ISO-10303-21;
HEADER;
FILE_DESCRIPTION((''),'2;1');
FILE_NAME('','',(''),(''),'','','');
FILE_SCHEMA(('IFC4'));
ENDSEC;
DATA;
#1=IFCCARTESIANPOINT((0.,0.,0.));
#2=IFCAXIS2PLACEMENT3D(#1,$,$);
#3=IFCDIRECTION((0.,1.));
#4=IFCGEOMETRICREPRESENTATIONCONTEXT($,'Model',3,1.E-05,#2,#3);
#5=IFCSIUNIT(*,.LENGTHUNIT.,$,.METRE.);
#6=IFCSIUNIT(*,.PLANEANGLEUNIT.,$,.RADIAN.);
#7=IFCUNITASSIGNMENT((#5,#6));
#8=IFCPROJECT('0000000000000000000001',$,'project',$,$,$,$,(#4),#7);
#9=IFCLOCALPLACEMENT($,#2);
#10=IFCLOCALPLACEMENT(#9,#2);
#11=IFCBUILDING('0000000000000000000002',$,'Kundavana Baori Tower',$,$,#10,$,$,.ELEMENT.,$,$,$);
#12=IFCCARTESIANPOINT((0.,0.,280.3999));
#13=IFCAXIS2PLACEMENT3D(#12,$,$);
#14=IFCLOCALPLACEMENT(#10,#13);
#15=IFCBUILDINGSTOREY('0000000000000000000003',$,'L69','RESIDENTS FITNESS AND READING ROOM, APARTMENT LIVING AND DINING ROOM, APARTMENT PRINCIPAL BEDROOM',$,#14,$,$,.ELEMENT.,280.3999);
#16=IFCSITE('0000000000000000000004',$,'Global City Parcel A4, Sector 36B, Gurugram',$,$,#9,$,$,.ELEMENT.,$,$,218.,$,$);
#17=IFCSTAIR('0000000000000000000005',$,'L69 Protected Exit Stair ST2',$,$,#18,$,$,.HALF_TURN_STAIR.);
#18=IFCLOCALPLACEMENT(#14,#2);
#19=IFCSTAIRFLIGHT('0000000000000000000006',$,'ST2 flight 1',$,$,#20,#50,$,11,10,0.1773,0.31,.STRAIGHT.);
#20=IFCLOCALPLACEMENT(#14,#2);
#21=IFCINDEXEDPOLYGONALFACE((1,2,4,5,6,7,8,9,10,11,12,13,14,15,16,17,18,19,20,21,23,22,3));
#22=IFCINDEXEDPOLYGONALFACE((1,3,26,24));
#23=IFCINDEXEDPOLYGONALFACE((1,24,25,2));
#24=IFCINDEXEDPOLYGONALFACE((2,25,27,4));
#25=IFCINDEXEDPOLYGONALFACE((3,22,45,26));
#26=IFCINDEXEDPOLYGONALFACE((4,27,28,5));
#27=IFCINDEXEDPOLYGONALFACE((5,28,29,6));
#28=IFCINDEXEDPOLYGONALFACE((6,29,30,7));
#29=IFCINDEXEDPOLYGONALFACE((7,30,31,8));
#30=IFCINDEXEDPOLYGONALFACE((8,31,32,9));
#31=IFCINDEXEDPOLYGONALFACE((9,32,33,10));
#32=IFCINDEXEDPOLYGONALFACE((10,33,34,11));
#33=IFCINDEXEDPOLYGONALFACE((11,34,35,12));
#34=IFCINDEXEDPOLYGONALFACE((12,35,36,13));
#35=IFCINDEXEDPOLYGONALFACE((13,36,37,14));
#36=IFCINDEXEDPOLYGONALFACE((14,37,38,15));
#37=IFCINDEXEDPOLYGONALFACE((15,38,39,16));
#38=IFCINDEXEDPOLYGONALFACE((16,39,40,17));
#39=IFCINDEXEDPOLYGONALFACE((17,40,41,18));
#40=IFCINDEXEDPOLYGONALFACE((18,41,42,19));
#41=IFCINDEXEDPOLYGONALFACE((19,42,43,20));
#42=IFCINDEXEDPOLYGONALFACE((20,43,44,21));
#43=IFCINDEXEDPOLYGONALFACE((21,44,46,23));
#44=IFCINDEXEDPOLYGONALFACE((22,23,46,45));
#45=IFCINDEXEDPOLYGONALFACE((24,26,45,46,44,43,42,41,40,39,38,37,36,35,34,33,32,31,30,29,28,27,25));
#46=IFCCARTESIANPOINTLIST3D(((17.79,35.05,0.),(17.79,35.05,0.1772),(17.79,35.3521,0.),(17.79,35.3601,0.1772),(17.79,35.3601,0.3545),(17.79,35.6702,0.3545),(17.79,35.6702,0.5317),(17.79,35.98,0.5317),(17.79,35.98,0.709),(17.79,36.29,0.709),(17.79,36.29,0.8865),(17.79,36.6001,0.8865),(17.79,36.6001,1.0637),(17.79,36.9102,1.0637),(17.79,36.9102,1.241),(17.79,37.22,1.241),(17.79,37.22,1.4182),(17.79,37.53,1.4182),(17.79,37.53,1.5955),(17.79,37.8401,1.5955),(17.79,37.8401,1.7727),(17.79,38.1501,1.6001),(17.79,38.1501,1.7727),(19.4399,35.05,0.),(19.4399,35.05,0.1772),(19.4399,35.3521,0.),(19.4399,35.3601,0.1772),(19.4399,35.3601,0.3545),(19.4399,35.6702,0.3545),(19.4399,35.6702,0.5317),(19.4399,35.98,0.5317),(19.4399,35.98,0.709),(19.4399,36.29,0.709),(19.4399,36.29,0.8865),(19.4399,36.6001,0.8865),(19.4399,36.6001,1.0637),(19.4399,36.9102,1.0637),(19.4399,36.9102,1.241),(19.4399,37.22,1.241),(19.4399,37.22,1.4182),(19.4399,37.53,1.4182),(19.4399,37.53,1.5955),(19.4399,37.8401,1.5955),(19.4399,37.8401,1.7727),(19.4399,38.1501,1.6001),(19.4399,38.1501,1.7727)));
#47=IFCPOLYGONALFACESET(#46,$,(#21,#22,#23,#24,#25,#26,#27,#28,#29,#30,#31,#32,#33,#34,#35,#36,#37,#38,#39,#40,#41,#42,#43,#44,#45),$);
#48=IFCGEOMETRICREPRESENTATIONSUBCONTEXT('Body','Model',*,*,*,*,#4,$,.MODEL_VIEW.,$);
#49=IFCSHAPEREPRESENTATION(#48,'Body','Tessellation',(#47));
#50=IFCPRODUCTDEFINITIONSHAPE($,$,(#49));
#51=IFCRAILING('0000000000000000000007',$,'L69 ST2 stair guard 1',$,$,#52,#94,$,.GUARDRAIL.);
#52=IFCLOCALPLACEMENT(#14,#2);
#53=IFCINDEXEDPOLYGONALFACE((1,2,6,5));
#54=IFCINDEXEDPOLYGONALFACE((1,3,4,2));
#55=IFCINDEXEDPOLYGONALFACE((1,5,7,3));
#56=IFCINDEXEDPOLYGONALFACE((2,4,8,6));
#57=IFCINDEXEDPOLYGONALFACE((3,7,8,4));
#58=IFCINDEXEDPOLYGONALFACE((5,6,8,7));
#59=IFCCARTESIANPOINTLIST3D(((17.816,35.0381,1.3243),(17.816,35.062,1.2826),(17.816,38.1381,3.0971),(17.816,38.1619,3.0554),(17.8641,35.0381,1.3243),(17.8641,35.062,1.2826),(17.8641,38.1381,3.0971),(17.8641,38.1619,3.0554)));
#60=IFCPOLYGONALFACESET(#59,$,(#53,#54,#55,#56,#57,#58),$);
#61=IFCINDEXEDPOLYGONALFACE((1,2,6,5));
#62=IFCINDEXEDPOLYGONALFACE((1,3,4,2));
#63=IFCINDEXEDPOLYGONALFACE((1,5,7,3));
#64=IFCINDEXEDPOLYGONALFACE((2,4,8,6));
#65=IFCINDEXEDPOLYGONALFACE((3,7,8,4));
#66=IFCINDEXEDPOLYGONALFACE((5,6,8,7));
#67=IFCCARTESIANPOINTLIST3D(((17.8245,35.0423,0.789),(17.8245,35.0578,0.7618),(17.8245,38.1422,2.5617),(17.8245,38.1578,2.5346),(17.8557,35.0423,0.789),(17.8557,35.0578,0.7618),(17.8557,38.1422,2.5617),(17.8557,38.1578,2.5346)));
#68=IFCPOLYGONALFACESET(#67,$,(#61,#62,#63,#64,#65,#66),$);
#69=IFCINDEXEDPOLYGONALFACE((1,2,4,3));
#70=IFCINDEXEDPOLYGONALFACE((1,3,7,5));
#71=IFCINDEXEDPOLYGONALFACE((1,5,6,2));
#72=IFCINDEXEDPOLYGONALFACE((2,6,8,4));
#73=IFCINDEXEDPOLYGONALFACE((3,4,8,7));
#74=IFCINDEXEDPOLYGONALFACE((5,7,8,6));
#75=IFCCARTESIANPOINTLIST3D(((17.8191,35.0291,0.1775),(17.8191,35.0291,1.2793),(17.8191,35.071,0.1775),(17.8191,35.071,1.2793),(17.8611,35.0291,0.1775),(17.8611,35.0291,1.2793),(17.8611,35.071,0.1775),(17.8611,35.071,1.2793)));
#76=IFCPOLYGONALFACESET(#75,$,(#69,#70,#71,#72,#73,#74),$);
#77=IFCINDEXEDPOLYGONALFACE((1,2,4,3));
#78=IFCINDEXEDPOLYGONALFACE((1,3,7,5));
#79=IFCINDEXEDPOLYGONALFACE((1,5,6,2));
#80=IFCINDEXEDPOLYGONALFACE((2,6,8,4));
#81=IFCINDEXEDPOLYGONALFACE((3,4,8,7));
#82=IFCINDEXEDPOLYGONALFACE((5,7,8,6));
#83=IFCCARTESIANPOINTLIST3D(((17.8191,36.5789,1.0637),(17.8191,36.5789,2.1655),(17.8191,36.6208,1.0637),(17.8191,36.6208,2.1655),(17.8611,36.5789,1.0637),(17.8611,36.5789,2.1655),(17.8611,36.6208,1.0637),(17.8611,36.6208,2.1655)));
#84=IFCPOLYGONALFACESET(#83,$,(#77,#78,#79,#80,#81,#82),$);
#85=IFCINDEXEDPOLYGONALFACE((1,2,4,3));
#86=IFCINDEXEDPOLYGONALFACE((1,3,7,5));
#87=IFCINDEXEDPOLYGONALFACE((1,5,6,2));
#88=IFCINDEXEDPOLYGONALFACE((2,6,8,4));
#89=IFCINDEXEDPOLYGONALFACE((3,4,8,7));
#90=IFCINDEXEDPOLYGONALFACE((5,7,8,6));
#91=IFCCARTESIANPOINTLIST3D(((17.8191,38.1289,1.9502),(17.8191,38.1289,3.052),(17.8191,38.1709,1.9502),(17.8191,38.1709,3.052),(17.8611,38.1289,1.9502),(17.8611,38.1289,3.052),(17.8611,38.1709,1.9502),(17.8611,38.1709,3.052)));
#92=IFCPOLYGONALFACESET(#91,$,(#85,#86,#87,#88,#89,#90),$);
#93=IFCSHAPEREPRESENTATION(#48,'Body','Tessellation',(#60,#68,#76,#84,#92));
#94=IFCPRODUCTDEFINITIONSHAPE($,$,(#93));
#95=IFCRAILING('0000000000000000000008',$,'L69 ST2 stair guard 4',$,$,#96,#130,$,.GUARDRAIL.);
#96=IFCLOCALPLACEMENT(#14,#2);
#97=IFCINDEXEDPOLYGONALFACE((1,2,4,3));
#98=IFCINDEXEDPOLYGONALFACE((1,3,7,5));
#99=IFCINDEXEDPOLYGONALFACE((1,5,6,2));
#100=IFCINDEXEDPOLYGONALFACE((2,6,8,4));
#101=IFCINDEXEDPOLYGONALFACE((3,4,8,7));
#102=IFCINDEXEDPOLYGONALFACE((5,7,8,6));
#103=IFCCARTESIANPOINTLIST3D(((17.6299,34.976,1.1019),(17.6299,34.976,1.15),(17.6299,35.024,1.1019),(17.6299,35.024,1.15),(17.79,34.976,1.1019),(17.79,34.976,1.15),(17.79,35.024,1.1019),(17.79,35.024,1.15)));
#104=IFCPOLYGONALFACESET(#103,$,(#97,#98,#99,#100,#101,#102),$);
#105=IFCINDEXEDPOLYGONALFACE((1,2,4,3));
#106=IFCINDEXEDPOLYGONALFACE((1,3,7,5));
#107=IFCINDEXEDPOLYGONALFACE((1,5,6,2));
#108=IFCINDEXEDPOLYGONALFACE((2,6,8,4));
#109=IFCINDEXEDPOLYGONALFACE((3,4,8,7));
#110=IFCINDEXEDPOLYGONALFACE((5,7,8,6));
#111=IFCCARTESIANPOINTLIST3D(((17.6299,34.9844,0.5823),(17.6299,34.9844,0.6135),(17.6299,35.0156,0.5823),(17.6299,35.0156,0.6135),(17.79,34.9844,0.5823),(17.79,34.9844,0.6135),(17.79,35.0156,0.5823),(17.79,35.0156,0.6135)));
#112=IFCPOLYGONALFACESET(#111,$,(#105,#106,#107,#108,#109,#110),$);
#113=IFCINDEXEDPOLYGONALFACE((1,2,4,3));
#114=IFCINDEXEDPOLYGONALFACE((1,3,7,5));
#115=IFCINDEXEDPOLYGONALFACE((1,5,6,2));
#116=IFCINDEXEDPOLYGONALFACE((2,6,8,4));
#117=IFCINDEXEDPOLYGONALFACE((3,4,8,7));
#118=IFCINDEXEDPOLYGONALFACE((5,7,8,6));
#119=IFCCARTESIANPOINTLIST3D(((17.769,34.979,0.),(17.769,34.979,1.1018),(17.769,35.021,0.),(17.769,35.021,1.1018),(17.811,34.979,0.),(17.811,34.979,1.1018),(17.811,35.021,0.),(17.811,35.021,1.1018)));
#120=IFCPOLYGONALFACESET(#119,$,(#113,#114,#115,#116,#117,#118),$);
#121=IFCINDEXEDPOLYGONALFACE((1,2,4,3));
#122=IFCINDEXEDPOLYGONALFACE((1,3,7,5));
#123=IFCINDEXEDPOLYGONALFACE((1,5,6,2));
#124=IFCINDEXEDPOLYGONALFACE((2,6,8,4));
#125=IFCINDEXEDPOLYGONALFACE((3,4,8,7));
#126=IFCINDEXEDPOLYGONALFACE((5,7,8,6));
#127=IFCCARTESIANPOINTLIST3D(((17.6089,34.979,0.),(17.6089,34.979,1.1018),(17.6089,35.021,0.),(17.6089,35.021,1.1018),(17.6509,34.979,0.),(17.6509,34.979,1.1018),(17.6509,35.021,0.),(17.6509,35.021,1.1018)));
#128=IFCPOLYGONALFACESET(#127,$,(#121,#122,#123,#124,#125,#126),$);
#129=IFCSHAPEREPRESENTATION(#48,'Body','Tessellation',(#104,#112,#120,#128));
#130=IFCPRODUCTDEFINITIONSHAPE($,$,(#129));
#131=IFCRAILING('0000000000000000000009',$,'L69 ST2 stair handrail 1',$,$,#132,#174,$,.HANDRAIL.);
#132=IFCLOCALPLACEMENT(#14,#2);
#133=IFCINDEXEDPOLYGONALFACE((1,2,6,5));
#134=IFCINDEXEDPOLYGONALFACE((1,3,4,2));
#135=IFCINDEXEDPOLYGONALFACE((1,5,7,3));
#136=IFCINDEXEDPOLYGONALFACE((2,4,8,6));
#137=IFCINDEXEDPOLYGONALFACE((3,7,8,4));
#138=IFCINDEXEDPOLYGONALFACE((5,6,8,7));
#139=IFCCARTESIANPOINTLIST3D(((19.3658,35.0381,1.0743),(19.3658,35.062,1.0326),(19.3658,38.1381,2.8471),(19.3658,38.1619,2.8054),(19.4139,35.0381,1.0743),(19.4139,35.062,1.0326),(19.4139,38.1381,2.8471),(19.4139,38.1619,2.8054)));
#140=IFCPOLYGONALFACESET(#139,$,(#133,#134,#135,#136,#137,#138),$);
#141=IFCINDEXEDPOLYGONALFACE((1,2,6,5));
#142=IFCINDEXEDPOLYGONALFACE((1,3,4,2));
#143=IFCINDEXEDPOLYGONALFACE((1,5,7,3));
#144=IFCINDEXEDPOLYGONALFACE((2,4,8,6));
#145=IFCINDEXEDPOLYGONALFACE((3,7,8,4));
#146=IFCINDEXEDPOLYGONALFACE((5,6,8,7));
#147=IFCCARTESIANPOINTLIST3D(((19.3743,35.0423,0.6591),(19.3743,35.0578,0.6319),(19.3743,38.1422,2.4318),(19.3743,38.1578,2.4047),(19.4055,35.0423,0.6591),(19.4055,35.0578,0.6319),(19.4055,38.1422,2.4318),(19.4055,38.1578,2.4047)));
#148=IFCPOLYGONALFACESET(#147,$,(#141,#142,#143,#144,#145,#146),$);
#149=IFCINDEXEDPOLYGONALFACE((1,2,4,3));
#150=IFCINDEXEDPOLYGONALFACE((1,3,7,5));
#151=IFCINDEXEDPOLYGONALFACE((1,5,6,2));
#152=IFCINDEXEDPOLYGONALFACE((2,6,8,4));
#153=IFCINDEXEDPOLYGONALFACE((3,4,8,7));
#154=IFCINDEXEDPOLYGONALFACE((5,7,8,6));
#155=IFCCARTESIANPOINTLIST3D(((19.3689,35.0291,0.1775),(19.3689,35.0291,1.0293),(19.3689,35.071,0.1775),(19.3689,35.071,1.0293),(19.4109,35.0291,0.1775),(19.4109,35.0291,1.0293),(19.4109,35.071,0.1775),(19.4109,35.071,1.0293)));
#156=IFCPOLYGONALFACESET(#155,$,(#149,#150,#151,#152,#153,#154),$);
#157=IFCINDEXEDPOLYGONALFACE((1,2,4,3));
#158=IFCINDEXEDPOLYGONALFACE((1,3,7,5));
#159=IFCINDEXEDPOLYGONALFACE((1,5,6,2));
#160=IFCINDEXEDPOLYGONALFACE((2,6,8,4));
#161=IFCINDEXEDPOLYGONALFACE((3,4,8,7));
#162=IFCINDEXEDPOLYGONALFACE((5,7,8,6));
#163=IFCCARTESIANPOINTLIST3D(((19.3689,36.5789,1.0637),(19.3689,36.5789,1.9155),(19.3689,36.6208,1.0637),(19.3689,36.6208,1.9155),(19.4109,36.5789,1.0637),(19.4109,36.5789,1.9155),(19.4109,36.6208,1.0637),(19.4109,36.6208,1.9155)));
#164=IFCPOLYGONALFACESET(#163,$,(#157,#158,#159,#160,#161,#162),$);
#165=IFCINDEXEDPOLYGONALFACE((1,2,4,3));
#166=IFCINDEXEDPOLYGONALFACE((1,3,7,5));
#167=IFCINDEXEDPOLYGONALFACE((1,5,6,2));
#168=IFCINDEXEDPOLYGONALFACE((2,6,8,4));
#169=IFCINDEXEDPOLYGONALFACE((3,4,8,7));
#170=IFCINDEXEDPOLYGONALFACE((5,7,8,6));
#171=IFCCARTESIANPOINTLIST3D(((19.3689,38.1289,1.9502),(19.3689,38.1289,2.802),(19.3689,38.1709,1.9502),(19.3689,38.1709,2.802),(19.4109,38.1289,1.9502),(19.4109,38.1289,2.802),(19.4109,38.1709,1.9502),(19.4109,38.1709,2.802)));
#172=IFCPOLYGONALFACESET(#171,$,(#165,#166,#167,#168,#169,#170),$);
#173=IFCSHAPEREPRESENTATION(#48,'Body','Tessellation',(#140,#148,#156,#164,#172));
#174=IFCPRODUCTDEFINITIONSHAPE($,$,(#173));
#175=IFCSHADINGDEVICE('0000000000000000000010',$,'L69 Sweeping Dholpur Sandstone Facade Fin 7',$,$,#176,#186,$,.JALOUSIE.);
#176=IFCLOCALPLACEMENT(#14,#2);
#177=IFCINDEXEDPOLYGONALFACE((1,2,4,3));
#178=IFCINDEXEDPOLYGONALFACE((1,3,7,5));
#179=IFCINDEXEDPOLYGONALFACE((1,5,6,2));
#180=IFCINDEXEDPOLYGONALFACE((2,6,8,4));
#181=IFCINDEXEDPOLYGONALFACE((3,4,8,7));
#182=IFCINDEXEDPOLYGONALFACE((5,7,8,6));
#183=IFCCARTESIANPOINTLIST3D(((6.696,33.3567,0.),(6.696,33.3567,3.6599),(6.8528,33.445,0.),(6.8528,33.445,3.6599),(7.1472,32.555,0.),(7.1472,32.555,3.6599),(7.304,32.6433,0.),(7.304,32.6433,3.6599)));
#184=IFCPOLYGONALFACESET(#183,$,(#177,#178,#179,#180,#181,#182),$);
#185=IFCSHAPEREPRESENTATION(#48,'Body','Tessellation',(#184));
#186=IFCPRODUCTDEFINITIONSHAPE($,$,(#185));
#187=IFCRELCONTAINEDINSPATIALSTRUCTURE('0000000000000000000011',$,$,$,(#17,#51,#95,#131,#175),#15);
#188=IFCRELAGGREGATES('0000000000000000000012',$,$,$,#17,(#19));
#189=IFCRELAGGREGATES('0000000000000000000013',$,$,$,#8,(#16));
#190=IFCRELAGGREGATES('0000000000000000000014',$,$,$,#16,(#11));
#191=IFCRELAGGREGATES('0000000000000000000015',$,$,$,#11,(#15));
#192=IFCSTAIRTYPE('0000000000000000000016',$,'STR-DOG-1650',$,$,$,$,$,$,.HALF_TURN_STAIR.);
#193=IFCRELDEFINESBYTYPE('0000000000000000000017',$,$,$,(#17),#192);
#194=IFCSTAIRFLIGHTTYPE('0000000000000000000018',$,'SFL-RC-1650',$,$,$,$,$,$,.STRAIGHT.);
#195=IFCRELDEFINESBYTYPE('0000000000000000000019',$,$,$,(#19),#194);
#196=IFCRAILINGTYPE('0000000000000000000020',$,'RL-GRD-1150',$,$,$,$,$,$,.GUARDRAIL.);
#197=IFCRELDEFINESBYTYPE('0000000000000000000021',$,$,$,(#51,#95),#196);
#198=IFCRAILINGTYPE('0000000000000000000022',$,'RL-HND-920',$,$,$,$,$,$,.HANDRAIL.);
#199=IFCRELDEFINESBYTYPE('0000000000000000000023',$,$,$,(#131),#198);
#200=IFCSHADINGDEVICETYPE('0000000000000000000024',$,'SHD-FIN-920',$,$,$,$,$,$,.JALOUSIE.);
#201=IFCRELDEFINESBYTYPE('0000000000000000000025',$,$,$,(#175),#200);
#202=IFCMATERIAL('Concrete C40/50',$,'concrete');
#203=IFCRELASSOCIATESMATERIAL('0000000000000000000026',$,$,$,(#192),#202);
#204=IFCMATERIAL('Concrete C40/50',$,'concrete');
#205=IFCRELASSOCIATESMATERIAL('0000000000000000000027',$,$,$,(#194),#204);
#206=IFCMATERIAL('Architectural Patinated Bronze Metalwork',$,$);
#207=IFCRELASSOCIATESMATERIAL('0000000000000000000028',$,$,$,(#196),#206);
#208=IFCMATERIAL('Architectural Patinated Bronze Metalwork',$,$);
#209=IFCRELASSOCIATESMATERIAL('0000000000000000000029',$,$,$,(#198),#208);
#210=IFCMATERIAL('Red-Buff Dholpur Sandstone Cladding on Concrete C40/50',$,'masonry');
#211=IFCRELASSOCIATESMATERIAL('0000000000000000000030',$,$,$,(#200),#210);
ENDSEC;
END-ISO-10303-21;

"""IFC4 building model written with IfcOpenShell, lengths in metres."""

from ifc_helpers import new_model, si_unit, direction, frame, origin, origin_2d, place, context, subcontext, project, spatial, polyline, rectangle, outline, extrude, material, type_object, element, aggregate, save


model = new_model("IFC4")

# Units and contexts
model_context = context("Model", 3, precision=1e-05, world=origin(), true_north=direction((0.0, 1.0)))
body_context = subcontext(model_context, "Body", "Model", "MODEL_VIEW")
ifc_project = project(units=[si_unit("LENGTHUNIT", "METRE"), si_unit("PLANEANGLEUNIT", "RADIAN")], contexts=[model_context])

# Site, building, storey
site_placement = place(None, origin())
site = spatial("IfcSite", under=ifc_project, at=site_placement, Name="Global City Parcel A4, Sector 36B, Gurugram", CompositionType="ELEMENT", RefElevation=218.0)
building_placement = place(site_placement, origin())
building = spatial("IfcBuilding", under=site, at=building_placement, Name="Kundavana Baori Tower", CompositionType="ELEMENT")
storey_placement = place(building_placement, frame((0.0, 0.0, 280.3999)))
storey = spatial("IfcBuildingStorey", under=building, at=storey_placement, Name="L69", Description="RESIDENTS FITNESS AND READING ROOM, APARTMENT LIVING AND DINING ROOM, APARTMENT PRINCIPAL BEDROOM", CompositionType="ELEMENT", Elevation=280.3999)

# Stair, stair flight
ifc_material_1 = material(Name="Concrete C40/50", Category="concrete")
stair_type = type_object("IfcStairType", Name="STR-DOG-1650", PredefinedType="HALF_TURN_STAIR", material=ifc_material_1)
stair_placement = place(storey_placement, origin())
stair = element("IfcStair", 1, at=stair_placement, inside=storey, type_object=stair_type, Name="L69 Protected Exit Stair ST2", PredefinedType="HALF_TURN_STAIR")
ifc_material_2 = material(Name="Concrete C40/50", Category="concrete")
stair_flight_type = type_object("IfcStairFlightType", Name="SFL-RC-1650", PredefinedType="STRAIGHT", material=ifc_material_2)
stair_flight_placement = place(storey_placement, frame((18.615, 35.05, 0.0), z_axis=(0.0, 0.0, 1.0), x_axis=(0.0, 1.0, 0.0)))
stair_flight = element("IfcStairFlight", 2, at=stair_flight_placement, type_object=stair_flight_type, Name="ST2 flight 1", NumberOfRisers=11, NumberOfTreads=10, PredefinedType="STRAIGHT", RiserHeight=0.1773, TreadLength=0.31, context=body_context, shape_type="SweptSolid", body=[
    extrude(outline(polyline([(0.0, 0.0), (0.0, 0.1772), (0.3101, 0.1772), (0.3101, 0.3545), (0.6201, 0.3545), (0.6201, 0.5317), (0.9299, 0.5317), (0.9299, 0.709), (1.24, 0.709), (1.24, 0.8865), (1.55, 0.8865), (1.55, 1.0637), (1.8601, 1.0637), (1.8601, 1.241), (2.1699, 1.241), (2.1699, 1.4182), (2.48, 1.4182), (2.48, 1.5955), (2.79, 1.5955), (2.79, 1.7727), (3.1001, 1.7727), (3.1001, 1.95), (3.1001, 1.6001), (0.302, 0.0), (0.0, 0.0)])), frame((0.0, 0.825, 0.0), z_axis=(0.0, -1.0, 0.0), x_axis=(1.0, 0.0, 0.0)), (0.0, 0.0, 1.0), 1.6499),
])
aggregate(stair, [stair_flight])

# Railings
ifc_material_3 = material(Name="Architectural Patinated Bronze Metalwork")
railing_type_1 = type_object("IfcRailingType", Name="RL-GRD-1150", PredefinedType="GUARDRAIL", material=ifc_material_3)
railing_1_placement = place(storey_placement, frame((17.8401, 35.05, 0.1775)))
element("IfcRailing", 3, at=railing_1_placement, inside=storey, type_object=railing_type_1, Name="L69 ST2 stair guard 1", PredefinedType="GUARDRAIL", context=body_context, shape_type="SweptSolid", body=[
    extrude(rectangle(XDim=0.0481, YDim=0.0481, at=origin_2d()), frame((0.0, 0.0, 1.126), z_axis=(0.0, 0.868079, 0.496426), x_axis=(-1.0, 0.0, 0.0)), (0.0, 0.0, 1.0), 3.571),
    extrude(rectangle(XDim=0.0312, YDim=0.0312, at=origin_2d()), frame((0.0, 0.0, 0.5979), z_axis=(0.0, 0.868079, 0.496426), x_axis=(-1.0, 0.0, 0.0)), (0.0, 0.0, 1.0), 3.571),
    extrude(rectangle(XDim=0.042, YDim=0.042, at=origin_2d()), origin(), (0.0, 0.0, 1.0), 1.1018),
    extrude(rectangle(XDim=0.042, YDim=0.042, at=origin_2d()), frame((0.0, 1.5498, 0.8862)), (0.0, 0.0, 1.0), 1.1018),
    extrude(rectangle(XDim=0.042, YDim=0.042, at=origin_2d()), frame((0.0, 3.0999, 1.7727)), (0.0, 0.0, 1.0), 1.1018),
])
railing_2_placement = place(storey_placement, frame((17.79, 35.0, 0.0)))
element("IfcRailing", 4, at=railing_2_placement, inside=storey, type_object=railing_type_1, Name="L69 ST2 stair guard 4", PredefinedType="GUARDRAIL", context=body_context, shape_type="SweptSolid", body=[
    extrude(rectangle(XDim=0.0481, YDim=0.0481, at=origin_2d()), frame((0.0, 0.0, 1.126), z_axis=(-1.0, 0.0, 0.0), x_axis=(0.0, -1.0, 0.0)), (0.0, 0.0, 1.0), 0.1602),
    extrude(rectangle(XDim=0.0312, YDim=0.0312, at=origin_2d()), frame((0.0, 0.0, 0.5979), z_axis=(-1.0, 0.0, 0.0), x_axis=(0.0, -1.0, 0.0)), (0.0, 0.0, 1.0), 0.1602),
    extrude(rectangle(XDim=0.042, YDim=0.042, at=origin_2d()), origin(), (0.0, 0.0, 1.0), 1.1018),
    extrude(rectangle(XDim=0.042, YDim=0.042, at=origin_2d()), frame((-0.1602, 0.0, 0.0)), (0.0, 0.0, 1.0), 1.1018),
])
ifc_material_4 = material(Name="Architectural Patinated Bronze Metalwork")
railing_type_2 = type_object("IfcRailingType", Name="RL-HND-920", PredefinedType="HANDRAIL", material=ifc_material_4)
railing_3_placement = place(storey_placement, frame((19.3899, 35.05, 0.1775)))
element("IfcRailing", 5, at=railing_3_placement, inside=storey, type_object=railing_type_2, Name="L69 ST2 stair handrail 1", PredefinedType="HANDRAIL", context=body_context, shape_type="SweptSolid", body=[
    extrude(rectangle(XDim=0.0481, YDim=0.0481, at=origin_2d()), frame((0.0, 0.0, 0.876), z_axis=(0.0, 0.868079, 0.496426), x_axis=(-1.0, 0.0, 0.0)), (0.0, 0.0, 1.0), 3.571),
    extrude(rectangle(XDim=0.0312, YDim=0.0312, at=origin_2d()), frame((0.0, 0.0, 0.468), z_axis=(0.0, 0.868079, 0.496426), x_axis=(-1.0, 0.0, 0.0)), (0.0, 0.0, 1.0), 3.571),
    extrude(rectangle(XDim=0.042, YDim=0.042, at=origin_2d()), origin(), (0.0, 0.0, 1.0), 0.8518),
    extrude(rectangle(XDim=0.042, YDim=0.042, at=origin_2d()), frame((0.0, 1.5498, 0.8862)), (0.0, 0.0, 1.0), 0.8518),
    extrude(rectangle(XDim=0.042, YDim=0.042, at=origin_2d()), frame((0.0, 3.0999, 1.7727)), (0.0, 0.0, 1.0), 0.8518),
])

# Shading device
ifc_material_5 = material(Name="Red-Buff Dholpur Sandstone Cladding on Concrete C40/50", Category="masonry")
shading_device_type = type_object("IfcShadingDeviceType", Name="SHD-FIN-920", PredefinedType="JALOUSIE", material=ifc_material_5)
shading_device_placement = place(storey_placement, frame((7.0, 33.0, 0.0), z_axis=(0.0, 0.0, 1.0), x_axis=(0.871471, 0.490448, 0.0)))
element("IfcShadingDevice", 6, at=shading_device_placement, inside=storey, type_object=shading_device_type, Name="L69 Sweeping Dholpur Sandstone Facade Fin 7", PredefinedType="JALOUSIE", context=body_context, shape_type="SweptSolid", body=[
    extrude(rectangle(XDim=0.1799, YDim=0.9199, at=origin_2d()), origin(), (0.0, 0.0, 1.0), 3.6599),
])

save(model, "model.ifc")
